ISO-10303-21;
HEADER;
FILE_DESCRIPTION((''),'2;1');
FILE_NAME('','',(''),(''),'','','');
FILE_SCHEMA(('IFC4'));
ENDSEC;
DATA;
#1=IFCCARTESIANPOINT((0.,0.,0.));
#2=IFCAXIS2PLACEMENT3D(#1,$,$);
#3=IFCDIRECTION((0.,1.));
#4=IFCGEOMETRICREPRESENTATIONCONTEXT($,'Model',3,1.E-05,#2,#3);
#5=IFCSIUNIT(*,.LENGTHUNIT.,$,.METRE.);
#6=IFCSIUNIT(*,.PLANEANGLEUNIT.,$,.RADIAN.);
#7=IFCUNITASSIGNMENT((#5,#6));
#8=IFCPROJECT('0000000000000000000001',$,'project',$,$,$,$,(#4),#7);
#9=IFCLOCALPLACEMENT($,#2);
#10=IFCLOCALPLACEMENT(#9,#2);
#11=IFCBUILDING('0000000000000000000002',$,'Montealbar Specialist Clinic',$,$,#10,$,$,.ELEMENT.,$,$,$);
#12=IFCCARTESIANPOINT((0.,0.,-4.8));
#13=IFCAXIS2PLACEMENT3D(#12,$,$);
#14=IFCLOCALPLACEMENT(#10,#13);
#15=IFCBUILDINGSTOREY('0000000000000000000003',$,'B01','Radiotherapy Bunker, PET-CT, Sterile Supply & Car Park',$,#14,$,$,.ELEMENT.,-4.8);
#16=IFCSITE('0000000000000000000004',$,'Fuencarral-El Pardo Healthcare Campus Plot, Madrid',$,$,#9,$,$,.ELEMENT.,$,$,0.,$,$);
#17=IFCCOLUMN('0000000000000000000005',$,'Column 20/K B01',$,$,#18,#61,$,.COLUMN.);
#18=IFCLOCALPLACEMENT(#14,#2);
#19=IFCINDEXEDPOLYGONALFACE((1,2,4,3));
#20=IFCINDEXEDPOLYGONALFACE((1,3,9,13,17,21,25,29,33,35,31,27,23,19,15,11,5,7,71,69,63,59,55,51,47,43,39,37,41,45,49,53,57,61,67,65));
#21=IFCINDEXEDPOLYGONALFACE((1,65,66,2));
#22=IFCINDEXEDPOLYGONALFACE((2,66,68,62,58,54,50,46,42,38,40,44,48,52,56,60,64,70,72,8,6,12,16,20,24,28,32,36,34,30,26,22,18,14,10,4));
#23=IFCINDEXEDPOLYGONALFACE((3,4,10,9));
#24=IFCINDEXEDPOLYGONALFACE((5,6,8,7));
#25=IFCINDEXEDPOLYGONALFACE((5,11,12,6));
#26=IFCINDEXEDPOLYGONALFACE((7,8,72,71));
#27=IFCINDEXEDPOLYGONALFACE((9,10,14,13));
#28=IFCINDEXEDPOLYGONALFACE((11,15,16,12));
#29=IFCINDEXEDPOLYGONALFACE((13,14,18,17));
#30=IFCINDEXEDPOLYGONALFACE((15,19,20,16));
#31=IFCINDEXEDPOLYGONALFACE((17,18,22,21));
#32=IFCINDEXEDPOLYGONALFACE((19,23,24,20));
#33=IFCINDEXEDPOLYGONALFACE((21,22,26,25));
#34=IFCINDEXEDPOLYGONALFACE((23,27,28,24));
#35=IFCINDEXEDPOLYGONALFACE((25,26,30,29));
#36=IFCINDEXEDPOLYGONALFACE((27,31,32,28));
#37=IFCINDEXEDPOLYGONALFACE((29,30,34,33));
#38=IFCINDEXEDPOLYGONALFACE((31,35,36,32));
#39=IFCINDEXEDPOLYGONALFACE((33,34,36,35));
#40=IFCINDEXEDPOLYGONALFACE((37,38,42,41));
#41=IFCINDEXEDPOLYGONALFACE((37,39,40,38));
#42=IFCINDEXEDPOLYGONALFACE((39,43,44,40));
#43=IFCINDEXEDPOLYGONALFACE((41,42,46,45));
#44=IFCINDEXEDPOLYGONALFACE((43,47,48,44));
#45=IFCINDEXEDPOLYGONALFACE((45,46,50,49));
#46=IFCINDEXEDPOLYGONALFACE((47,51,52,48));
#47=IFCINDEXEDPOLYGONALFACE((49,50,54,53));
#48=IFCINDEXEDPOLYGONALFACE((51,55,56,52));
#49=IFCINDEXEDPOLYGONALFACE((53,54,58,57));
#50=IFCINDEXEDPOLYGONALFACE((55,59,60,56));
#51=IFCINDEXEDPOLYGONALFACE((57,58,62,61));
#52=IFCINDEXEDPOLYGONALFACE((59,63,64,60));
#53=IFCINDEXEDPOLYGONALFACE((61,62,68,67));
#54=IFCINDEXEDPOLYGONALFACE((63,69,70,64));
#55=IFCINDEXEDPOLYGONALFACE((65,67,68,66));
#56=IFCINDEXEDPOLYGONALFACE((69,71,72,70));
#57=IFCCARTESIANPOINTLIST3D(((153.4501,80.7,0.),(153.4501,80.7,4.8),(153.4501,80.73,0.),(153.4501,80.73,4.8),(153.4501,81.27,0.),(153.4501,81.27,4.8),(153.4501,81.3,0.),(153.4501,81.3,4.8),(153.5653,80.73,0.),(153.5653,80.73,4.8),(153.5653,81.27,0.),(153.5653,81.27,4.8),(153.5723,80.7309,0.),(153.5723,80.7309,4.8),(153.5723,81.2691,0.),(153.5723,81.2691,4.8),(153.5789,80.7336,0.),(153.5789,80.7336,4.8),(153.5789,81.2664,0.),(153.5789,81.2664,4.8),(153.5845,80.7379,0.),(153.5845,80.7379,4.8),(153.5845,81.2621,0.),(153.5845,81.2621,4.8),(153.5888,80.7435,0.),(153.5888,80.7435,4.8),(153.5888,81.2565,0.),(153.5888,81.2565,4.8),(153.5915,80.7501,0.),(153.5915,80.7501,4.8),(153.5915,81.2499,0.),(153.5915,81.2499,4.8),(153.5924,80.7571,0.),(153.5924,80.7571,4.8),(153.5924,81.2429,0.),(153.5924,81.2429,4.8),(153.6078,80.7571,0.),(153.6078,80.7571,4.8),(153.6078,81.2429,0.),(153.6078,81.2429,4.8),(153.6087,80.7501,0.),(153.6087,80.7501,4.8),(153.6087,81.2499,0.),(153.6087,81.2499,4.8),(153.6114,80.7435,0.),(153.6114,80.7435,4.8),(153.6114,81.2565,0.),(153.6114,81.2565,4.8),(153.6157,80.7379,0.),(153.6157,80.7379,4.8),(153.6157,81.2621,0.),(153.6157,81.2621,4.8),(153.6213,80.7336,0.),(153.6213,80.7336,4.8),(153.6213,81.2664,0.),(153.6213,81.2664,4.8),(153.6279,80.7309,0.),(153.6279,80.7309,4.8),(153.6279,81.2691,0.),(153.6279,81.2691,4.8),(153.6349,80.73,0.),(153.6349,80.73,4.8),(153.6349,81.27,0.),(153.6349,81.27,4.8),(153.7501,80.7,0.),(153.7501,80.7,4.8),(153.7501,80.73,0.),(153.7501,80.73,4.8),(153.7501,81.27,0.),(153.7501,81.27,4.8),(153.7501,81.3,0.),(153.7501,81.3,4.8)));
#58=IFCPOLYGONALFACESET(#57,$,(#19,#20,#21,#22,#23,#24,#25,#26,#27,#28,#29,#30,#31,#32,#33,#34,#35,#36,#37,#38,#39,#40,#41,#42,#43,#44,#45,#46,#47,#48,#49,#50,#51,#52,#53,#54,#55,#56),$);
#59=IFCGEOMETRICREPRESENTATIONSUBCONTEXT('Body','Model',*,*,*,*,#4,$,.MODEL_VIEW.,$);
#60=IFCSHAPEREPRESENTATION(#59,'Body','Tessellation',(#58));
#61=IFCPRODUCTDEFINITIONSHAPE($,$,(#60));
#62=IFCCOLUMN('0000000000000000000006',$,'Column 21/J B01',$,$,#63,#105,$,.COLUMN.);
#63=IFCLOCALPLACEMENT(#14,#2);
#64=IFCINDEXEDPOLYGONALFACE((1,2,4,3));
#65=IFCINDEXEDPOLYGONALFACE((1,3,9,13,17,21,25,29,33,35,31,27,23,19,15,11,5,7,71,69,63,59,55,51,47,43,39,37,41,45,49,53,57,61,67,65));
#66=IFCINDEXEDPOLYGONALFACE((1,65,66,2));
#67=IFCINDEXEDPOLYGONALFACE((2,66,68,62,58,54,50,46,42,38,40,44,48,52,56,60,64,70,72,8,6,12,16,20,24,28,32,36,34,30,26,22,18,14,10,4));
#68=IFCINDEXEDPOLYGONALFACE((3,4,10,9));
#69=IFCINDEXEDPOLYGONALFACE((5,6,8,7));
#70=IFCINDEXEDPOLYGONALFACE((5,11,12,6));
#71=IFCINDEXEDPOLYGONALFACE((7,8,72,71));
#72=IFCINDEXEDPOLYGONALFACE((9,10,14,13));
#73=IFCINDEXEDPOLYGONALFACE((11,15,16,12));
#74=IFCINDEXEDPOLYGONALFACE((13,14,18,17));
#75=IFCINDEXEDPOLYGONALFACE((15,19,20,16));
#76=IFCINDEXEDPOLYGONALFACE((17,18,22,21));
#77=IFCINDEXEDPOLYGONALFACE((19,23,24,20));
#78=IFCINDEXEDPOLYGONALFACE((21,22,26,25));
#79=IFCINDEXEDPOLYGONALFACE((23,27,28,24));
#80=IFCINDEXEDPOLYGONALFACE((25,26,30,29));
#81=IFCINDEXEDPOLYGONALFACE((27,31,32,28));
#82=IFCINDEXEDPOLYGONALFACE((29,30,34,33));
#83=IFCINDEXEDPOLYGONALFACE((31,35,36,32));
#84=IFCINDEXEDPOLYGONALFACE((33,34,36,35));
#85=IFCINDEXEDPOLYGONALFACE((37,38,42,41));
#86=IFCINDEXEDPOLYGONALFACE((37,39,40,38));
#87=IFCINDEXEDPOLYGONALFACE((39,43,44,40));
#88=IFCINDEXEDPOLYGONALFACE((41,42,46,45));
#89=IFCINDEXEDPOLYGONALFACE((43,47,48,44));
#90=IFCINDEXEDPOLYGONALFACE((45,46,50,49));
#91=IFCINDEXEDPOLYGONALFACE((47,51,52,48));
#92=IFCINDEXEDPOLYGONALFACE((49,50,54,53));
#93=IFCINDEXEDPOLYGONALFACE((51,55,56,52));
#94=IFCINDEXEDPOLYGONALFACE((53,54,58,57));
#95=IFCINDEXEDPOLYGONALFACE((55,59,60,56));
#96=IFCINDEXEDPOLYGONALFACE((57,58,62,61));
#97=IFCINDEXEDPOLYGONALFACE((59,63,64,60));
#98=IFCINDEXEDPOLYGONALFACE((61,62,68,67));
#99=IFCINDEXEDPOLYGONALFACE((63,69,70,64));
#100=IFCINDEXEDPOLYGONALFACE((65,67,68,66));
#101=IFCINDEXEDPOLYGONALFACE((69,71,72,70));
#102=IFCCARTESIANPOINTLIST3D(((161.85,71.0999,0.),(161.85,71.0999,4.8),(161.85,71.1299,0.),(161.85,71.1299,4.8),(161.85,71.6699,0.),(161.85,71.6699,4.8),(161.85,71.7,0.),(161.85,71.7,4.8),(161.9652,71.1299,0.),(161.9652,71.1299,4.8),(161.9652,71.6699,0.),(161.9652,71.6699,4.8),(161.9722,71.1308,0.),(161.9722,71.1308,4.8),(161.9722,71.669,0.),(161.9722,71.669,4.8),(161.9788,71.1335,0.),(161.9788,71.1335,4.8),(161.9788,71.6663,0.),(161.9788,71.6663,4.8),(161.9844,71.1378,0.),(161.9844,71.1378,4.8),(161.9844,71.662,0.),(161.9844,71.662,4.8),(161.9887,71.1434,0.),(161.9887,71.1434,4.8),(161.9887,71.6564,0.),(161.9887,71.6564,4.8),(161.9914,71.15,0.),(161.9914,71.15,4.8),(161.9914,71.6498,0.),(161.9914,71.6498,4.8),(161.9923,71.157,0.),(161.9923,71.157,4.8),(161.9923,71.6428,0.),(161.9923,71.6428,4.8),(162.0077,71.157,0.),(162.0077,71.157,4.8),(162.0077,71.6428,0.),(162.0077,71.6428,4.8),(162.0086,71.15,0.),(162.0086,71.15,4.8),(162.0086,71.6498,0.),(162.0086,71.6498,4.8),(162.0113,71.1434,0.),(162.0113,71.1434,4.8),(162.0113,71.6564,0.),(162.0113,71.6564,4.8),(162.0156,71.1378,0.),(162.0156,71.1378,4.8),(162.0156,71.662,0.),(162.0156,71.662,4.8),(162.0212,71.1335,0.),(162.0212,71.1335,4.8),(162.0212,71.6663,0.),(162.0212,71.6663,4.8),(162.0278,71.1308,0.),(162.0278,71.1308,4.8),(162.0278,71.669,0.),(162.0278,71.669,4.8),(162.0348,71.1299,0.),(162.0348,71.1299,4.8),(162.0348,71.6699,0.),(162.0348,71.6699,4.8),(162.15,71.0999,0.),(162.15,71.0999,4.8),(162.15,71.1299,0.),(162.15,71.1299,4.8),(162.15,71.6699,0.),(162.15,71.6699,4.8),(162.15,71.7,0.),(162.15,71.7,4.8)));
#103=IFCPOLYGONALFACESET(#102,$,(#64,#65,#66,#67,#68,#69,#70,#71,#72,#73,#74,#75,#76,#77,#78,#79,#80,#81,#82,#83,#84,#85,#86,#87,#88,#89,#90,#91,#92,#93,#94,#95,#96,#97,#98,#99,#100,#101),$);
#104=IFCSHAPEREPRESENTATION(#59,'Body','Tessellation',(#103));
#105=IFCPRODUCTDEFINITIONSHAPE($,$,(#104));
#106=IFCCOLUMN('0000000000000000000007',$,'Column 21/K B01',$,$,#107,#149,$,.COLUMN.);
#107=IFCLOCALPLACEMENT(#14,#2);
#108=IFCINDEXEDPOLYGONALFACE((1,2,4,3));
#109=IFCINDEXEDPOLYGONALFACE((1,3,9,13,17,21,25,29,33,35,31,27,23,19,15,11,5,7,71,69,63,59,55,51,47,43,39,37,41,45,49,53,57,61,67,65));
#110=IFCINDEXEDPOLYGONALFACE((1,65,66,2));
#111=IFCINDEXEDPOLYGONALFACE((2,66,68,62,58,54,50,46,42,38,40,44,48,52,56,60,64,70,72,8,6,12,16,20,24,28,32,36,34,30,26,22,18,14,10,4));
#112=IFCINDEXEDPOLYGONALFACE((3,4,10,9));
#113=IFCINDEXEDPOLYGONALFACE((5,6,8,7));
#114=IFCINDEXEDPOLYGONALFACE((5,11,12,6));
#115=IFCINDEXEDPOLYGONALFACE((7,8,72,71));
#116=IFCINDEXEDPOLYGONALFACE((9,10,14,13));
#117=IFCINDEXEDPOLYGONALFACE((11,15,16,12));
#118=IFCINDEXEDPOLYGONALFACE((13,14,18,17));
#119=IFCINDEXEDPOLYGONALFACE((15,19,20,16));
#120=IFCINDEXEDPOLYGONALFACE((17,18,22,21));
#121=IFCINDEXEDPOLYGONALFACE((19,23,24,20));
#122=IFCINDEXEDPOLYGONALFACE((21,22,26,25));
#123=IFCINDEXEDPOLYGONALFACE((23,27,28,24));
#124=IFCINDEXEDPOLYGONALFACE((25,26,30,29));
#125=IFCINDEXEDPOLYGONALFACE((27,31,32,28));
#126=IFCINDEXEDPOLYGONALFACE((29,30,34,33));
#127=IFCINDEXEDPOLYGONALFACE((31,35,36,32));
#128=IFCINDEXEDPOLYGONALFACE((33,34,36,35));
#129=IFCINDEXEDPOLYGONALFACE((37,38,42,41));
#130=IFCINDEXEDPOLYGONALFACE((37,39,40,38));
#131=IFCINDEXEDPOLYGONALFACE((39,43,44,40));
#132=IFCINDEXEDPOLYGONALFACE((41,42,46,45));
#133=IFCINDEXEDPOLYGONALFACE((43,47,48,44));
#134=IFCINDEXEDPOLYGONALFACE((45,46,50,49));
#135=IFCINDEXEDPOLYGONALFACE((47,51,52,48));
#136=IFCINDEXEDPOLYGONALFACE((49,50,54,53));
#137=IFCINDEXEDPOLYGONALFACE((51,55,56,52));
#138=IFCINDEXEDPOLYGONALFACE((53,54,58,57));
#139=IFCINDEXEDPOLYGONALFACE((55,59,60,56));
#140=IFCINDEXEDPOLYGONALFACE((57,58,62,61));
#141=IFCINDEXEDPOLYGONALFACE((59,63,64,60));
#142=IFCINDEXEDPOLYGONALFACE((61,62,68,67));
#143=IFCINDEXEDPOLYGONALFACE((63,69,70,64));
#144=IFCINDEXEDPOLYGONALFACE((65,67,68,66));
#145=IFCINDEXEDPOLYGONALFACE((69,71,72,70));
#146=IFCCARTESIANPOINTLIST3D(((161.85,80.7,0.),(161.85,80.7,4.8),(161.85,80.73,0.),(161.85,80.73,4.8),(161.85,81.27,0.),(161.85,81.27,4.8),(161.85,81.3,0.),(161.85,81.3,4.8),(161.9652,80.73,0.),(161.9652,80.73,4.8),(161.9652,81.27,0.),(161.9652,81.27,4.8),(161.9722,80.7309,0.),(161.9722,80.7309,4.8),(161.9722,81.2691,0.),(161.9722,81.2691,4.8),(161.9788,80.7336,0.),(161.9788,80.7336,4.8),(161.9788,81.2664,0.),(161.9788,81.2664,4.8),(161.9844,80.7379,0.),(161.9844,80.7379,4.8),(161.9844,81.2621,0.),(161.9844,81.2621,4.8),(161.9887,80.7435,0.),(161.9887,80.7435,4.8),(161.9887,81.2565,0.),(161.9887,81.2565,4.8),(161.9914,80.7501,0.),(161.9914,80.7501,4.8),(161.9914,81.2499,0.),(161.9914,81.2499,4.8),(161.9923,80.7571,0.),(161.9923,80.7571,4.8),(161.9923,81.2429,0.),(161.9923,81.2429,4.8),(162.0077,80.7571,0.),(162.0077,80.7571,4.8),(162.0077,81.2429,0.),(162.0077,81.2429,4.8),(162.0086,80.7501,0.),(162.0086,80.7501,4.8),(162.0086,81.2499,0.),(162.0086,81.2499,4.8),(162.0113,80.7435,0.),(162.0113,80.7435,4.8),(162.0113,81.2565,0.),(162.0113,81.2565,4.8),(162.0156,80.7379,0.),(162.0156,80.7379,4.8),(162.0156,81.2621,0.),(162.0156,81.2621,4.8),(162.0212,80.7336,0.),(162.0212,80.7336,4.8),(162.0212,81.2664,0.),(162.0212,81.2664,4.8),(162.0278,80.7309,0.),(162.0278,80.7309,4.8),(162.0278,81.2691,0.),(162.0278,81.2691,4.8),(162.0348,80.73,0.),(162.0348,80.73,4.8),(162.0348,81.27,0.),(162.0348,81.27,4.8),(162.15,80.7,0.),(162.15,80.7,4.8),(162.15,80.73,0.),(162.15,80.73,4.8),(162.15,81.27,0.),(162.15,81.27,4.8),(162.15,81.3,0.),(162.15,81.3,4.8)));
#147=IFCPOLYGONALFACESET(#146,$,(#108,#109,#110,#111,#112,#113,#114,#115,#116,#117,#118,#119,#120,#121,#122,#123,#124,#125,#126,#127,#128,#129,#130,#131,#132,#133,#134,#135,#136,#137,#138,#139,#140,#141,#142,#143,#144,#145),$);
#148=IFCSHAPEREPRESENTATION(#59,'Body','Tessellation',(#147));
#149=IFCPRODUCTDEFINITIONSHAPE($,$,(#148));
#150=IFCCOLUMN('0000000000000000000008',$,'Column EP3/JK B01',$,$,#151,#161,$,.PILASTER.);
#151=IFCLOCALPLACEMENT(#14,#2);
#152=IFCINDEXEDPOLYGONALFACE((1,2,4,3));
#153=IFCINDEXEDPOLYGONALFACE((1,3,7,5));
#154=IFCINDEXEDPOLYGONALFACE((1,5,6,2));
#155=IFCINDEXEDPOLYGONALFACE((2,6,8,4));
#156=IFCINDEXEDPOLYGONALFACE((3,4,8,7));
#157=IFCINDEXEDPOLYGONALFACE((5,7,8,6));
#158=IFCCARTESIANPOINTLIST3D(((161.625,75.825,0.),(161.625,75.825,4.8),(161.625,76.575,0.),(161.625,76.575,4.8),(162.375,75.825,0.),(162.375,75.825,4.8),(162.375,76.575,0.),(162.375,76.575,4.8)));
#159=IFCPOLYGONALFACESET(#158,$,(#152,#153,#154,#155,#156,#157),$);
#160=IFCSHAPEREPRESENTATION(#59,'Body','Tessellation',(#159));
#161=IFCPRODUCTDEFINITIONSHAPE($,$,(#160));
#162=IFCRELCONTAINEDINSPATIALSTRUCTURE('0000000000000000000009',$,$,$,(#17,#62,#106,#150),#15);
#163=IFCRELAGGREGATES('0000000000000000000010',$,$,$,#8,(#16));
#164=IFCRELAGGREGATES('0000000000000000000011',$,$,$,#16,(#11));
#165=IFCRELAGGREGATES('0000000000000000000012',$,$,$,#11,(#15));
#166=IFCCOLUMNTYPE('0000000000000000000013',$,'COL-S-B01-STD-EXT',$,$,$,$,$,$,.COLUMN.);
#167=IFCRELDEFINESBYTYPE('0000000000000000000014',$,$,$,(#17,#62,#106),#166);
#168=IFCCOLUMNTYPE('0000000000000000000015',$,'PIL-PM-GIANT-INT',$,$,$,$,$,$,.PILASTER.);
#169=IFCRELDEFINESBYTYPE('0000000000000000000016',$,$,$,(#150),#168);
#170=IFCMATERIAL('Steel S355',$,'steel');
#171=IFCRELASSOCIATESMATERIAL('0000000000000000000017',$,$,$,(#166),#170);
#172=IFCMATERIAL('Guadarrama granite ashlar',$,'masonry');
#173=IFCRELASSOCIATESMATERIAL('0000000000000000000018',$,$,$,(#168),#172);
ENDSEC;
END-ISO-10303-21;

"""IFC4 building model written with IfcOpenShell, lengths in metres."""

from ifc_helpers import new_model, si_unit, direction, frame, origin, origin_2d, place, context, subcontext, project, spatial, rectangle, i_section, extrude, material, material_profile, profile_set, type_object, element, save


model = new_model("IFC4")

# Units and contexts
model_context = context("Model", 3, precision=1e-05, world=origin(), true_north=direction((0.0, 1.0)))
body_context = subcontext(model_context, "Body", "Model", "MODEL_VIEW")
ifc_project = project(units=[si_unit("LENGTHUNIT", "METRE"), si_unit("PLANEANGLEUNIT", "RADIAN")], contexts=[model_context])

# Site, building, storey
site_placement = place(None, origin())
site = spatial("IfcSite", under=ifc_project, at=site_placement, Name="Fuencarral-El Pardo Healthcare Campus Plot, Madrid", CompositionType="ELEMENT", RefElevation=0.0)
building_placement = place(site_placement, origin())
building = spatial("IfcBuilding", under=site, at=building_placement, Name="Montealbar Specialist Clinic", CompositionType="ELEMENT")
storey_placement = place(building_placement, frame((0.0, 0.0, -4.8)))
storey = spatial("IfcBuildingStorey", under=building, at=storey_placement, Name="B01", Description="Radiotherapy Bunker, PET-CT, Sterile Supply & Car Park", CompositionType="ELEMENT", Elevation=-4.8)

# Columns
ifc_material_1 = material(Name="Steel S355", Category="steel")
ifc_material_profile_1 = material_profile(ifc_material_1, i_section(OverallWidth=0.3, OverallDepth=0.6001, WebThickness=0.0154, FlangeThickness=0.03, FilletRadius=0.0271, at=origin_2d()), Name="HEB 600", Category="steel")
ifc_profile_set_1 = profile_set([ifc_material_profile_1], Name="Steel S355")
column_type_1 = type_object("IfcColumnType", Name="COL-S-B01-STD-EXT", PredefinedType="COLUMN", material=ifc_profile_set_1)
for number, where, z_axis, x_axis, name in (
    (1, (153.6001, 81.0, 0.0), (0.0, 0.0, 1.0), (1.0, 0.0, 0.0), "Column 20/K B01"),
    (2, (162.0, 71.3999, 0.0), (0.0, 0.0, 1.0), (1.0, 0.0, 0.0), "Column 21/J B01"),
    (3, (162.0, 81.0, 0.0), (0.0, 0.0, 1.0), (1.0, 0.0, 0.0), "Column 21/K B01"),
):
    element("IfcColumn", number, at=place(storey_placement, frame(where, z_axis=z_axis, x_axis=x_axis)), inside=storey, type_object=column_type_1, Name=name, PredefinedType="COLUMN", context=body_context, shape_type="SweptSolid", body=[
        extrude(i_section(OverallWidth=0.3, OverallDepth=0.6001, WebThickness=0.0154, FlangeThickness=0.03, FilletRadius=0.0271, at=origin_2d()), origin(), (0.0, 0.0, 1.0), 4.8),
    ])
ifc_material_2 = material(Name="Guadarrama granite ashlar", Category="masonry")
ifc_material_profile_2 = material_profile(ifc_material_2, rectangle(XDim=0.75, YDim=0.75, at=origin_2d()), Name="GRANITE PILASTER 750x750", Category="masonry")
ifc_profile_set_2 = profile_set([ifc_material_profile_2], Name="Guadarrama granite ashlar")
column_type_2 = type_object("IfcColumnType", Name="PIL-PM-GIANT-INT", PredefinedType="PILASTER", material=ifc_profile_set_2)
column_placement = place(storey_placement, frame((162.0, 76.2, 0.0), z_axis=(0.0, 0.0, 1.0), x_axis=(1.0, 0.0, 0.0)))
element("IfcColumn", 4, at=column_placement, inside=storey, type_object=column_type_2, Name="Column EP3/JK B01", PredefinedType="PILASTER", context=body_context, shape_type="SweptSolid", body=[
    extrude(rectangle(XDim=0.75, YDim=0.75, at=origin_2d()), origin(), (0.0, 0.0, 1.0), 4.8),
])

save(model, "model.ifc")
